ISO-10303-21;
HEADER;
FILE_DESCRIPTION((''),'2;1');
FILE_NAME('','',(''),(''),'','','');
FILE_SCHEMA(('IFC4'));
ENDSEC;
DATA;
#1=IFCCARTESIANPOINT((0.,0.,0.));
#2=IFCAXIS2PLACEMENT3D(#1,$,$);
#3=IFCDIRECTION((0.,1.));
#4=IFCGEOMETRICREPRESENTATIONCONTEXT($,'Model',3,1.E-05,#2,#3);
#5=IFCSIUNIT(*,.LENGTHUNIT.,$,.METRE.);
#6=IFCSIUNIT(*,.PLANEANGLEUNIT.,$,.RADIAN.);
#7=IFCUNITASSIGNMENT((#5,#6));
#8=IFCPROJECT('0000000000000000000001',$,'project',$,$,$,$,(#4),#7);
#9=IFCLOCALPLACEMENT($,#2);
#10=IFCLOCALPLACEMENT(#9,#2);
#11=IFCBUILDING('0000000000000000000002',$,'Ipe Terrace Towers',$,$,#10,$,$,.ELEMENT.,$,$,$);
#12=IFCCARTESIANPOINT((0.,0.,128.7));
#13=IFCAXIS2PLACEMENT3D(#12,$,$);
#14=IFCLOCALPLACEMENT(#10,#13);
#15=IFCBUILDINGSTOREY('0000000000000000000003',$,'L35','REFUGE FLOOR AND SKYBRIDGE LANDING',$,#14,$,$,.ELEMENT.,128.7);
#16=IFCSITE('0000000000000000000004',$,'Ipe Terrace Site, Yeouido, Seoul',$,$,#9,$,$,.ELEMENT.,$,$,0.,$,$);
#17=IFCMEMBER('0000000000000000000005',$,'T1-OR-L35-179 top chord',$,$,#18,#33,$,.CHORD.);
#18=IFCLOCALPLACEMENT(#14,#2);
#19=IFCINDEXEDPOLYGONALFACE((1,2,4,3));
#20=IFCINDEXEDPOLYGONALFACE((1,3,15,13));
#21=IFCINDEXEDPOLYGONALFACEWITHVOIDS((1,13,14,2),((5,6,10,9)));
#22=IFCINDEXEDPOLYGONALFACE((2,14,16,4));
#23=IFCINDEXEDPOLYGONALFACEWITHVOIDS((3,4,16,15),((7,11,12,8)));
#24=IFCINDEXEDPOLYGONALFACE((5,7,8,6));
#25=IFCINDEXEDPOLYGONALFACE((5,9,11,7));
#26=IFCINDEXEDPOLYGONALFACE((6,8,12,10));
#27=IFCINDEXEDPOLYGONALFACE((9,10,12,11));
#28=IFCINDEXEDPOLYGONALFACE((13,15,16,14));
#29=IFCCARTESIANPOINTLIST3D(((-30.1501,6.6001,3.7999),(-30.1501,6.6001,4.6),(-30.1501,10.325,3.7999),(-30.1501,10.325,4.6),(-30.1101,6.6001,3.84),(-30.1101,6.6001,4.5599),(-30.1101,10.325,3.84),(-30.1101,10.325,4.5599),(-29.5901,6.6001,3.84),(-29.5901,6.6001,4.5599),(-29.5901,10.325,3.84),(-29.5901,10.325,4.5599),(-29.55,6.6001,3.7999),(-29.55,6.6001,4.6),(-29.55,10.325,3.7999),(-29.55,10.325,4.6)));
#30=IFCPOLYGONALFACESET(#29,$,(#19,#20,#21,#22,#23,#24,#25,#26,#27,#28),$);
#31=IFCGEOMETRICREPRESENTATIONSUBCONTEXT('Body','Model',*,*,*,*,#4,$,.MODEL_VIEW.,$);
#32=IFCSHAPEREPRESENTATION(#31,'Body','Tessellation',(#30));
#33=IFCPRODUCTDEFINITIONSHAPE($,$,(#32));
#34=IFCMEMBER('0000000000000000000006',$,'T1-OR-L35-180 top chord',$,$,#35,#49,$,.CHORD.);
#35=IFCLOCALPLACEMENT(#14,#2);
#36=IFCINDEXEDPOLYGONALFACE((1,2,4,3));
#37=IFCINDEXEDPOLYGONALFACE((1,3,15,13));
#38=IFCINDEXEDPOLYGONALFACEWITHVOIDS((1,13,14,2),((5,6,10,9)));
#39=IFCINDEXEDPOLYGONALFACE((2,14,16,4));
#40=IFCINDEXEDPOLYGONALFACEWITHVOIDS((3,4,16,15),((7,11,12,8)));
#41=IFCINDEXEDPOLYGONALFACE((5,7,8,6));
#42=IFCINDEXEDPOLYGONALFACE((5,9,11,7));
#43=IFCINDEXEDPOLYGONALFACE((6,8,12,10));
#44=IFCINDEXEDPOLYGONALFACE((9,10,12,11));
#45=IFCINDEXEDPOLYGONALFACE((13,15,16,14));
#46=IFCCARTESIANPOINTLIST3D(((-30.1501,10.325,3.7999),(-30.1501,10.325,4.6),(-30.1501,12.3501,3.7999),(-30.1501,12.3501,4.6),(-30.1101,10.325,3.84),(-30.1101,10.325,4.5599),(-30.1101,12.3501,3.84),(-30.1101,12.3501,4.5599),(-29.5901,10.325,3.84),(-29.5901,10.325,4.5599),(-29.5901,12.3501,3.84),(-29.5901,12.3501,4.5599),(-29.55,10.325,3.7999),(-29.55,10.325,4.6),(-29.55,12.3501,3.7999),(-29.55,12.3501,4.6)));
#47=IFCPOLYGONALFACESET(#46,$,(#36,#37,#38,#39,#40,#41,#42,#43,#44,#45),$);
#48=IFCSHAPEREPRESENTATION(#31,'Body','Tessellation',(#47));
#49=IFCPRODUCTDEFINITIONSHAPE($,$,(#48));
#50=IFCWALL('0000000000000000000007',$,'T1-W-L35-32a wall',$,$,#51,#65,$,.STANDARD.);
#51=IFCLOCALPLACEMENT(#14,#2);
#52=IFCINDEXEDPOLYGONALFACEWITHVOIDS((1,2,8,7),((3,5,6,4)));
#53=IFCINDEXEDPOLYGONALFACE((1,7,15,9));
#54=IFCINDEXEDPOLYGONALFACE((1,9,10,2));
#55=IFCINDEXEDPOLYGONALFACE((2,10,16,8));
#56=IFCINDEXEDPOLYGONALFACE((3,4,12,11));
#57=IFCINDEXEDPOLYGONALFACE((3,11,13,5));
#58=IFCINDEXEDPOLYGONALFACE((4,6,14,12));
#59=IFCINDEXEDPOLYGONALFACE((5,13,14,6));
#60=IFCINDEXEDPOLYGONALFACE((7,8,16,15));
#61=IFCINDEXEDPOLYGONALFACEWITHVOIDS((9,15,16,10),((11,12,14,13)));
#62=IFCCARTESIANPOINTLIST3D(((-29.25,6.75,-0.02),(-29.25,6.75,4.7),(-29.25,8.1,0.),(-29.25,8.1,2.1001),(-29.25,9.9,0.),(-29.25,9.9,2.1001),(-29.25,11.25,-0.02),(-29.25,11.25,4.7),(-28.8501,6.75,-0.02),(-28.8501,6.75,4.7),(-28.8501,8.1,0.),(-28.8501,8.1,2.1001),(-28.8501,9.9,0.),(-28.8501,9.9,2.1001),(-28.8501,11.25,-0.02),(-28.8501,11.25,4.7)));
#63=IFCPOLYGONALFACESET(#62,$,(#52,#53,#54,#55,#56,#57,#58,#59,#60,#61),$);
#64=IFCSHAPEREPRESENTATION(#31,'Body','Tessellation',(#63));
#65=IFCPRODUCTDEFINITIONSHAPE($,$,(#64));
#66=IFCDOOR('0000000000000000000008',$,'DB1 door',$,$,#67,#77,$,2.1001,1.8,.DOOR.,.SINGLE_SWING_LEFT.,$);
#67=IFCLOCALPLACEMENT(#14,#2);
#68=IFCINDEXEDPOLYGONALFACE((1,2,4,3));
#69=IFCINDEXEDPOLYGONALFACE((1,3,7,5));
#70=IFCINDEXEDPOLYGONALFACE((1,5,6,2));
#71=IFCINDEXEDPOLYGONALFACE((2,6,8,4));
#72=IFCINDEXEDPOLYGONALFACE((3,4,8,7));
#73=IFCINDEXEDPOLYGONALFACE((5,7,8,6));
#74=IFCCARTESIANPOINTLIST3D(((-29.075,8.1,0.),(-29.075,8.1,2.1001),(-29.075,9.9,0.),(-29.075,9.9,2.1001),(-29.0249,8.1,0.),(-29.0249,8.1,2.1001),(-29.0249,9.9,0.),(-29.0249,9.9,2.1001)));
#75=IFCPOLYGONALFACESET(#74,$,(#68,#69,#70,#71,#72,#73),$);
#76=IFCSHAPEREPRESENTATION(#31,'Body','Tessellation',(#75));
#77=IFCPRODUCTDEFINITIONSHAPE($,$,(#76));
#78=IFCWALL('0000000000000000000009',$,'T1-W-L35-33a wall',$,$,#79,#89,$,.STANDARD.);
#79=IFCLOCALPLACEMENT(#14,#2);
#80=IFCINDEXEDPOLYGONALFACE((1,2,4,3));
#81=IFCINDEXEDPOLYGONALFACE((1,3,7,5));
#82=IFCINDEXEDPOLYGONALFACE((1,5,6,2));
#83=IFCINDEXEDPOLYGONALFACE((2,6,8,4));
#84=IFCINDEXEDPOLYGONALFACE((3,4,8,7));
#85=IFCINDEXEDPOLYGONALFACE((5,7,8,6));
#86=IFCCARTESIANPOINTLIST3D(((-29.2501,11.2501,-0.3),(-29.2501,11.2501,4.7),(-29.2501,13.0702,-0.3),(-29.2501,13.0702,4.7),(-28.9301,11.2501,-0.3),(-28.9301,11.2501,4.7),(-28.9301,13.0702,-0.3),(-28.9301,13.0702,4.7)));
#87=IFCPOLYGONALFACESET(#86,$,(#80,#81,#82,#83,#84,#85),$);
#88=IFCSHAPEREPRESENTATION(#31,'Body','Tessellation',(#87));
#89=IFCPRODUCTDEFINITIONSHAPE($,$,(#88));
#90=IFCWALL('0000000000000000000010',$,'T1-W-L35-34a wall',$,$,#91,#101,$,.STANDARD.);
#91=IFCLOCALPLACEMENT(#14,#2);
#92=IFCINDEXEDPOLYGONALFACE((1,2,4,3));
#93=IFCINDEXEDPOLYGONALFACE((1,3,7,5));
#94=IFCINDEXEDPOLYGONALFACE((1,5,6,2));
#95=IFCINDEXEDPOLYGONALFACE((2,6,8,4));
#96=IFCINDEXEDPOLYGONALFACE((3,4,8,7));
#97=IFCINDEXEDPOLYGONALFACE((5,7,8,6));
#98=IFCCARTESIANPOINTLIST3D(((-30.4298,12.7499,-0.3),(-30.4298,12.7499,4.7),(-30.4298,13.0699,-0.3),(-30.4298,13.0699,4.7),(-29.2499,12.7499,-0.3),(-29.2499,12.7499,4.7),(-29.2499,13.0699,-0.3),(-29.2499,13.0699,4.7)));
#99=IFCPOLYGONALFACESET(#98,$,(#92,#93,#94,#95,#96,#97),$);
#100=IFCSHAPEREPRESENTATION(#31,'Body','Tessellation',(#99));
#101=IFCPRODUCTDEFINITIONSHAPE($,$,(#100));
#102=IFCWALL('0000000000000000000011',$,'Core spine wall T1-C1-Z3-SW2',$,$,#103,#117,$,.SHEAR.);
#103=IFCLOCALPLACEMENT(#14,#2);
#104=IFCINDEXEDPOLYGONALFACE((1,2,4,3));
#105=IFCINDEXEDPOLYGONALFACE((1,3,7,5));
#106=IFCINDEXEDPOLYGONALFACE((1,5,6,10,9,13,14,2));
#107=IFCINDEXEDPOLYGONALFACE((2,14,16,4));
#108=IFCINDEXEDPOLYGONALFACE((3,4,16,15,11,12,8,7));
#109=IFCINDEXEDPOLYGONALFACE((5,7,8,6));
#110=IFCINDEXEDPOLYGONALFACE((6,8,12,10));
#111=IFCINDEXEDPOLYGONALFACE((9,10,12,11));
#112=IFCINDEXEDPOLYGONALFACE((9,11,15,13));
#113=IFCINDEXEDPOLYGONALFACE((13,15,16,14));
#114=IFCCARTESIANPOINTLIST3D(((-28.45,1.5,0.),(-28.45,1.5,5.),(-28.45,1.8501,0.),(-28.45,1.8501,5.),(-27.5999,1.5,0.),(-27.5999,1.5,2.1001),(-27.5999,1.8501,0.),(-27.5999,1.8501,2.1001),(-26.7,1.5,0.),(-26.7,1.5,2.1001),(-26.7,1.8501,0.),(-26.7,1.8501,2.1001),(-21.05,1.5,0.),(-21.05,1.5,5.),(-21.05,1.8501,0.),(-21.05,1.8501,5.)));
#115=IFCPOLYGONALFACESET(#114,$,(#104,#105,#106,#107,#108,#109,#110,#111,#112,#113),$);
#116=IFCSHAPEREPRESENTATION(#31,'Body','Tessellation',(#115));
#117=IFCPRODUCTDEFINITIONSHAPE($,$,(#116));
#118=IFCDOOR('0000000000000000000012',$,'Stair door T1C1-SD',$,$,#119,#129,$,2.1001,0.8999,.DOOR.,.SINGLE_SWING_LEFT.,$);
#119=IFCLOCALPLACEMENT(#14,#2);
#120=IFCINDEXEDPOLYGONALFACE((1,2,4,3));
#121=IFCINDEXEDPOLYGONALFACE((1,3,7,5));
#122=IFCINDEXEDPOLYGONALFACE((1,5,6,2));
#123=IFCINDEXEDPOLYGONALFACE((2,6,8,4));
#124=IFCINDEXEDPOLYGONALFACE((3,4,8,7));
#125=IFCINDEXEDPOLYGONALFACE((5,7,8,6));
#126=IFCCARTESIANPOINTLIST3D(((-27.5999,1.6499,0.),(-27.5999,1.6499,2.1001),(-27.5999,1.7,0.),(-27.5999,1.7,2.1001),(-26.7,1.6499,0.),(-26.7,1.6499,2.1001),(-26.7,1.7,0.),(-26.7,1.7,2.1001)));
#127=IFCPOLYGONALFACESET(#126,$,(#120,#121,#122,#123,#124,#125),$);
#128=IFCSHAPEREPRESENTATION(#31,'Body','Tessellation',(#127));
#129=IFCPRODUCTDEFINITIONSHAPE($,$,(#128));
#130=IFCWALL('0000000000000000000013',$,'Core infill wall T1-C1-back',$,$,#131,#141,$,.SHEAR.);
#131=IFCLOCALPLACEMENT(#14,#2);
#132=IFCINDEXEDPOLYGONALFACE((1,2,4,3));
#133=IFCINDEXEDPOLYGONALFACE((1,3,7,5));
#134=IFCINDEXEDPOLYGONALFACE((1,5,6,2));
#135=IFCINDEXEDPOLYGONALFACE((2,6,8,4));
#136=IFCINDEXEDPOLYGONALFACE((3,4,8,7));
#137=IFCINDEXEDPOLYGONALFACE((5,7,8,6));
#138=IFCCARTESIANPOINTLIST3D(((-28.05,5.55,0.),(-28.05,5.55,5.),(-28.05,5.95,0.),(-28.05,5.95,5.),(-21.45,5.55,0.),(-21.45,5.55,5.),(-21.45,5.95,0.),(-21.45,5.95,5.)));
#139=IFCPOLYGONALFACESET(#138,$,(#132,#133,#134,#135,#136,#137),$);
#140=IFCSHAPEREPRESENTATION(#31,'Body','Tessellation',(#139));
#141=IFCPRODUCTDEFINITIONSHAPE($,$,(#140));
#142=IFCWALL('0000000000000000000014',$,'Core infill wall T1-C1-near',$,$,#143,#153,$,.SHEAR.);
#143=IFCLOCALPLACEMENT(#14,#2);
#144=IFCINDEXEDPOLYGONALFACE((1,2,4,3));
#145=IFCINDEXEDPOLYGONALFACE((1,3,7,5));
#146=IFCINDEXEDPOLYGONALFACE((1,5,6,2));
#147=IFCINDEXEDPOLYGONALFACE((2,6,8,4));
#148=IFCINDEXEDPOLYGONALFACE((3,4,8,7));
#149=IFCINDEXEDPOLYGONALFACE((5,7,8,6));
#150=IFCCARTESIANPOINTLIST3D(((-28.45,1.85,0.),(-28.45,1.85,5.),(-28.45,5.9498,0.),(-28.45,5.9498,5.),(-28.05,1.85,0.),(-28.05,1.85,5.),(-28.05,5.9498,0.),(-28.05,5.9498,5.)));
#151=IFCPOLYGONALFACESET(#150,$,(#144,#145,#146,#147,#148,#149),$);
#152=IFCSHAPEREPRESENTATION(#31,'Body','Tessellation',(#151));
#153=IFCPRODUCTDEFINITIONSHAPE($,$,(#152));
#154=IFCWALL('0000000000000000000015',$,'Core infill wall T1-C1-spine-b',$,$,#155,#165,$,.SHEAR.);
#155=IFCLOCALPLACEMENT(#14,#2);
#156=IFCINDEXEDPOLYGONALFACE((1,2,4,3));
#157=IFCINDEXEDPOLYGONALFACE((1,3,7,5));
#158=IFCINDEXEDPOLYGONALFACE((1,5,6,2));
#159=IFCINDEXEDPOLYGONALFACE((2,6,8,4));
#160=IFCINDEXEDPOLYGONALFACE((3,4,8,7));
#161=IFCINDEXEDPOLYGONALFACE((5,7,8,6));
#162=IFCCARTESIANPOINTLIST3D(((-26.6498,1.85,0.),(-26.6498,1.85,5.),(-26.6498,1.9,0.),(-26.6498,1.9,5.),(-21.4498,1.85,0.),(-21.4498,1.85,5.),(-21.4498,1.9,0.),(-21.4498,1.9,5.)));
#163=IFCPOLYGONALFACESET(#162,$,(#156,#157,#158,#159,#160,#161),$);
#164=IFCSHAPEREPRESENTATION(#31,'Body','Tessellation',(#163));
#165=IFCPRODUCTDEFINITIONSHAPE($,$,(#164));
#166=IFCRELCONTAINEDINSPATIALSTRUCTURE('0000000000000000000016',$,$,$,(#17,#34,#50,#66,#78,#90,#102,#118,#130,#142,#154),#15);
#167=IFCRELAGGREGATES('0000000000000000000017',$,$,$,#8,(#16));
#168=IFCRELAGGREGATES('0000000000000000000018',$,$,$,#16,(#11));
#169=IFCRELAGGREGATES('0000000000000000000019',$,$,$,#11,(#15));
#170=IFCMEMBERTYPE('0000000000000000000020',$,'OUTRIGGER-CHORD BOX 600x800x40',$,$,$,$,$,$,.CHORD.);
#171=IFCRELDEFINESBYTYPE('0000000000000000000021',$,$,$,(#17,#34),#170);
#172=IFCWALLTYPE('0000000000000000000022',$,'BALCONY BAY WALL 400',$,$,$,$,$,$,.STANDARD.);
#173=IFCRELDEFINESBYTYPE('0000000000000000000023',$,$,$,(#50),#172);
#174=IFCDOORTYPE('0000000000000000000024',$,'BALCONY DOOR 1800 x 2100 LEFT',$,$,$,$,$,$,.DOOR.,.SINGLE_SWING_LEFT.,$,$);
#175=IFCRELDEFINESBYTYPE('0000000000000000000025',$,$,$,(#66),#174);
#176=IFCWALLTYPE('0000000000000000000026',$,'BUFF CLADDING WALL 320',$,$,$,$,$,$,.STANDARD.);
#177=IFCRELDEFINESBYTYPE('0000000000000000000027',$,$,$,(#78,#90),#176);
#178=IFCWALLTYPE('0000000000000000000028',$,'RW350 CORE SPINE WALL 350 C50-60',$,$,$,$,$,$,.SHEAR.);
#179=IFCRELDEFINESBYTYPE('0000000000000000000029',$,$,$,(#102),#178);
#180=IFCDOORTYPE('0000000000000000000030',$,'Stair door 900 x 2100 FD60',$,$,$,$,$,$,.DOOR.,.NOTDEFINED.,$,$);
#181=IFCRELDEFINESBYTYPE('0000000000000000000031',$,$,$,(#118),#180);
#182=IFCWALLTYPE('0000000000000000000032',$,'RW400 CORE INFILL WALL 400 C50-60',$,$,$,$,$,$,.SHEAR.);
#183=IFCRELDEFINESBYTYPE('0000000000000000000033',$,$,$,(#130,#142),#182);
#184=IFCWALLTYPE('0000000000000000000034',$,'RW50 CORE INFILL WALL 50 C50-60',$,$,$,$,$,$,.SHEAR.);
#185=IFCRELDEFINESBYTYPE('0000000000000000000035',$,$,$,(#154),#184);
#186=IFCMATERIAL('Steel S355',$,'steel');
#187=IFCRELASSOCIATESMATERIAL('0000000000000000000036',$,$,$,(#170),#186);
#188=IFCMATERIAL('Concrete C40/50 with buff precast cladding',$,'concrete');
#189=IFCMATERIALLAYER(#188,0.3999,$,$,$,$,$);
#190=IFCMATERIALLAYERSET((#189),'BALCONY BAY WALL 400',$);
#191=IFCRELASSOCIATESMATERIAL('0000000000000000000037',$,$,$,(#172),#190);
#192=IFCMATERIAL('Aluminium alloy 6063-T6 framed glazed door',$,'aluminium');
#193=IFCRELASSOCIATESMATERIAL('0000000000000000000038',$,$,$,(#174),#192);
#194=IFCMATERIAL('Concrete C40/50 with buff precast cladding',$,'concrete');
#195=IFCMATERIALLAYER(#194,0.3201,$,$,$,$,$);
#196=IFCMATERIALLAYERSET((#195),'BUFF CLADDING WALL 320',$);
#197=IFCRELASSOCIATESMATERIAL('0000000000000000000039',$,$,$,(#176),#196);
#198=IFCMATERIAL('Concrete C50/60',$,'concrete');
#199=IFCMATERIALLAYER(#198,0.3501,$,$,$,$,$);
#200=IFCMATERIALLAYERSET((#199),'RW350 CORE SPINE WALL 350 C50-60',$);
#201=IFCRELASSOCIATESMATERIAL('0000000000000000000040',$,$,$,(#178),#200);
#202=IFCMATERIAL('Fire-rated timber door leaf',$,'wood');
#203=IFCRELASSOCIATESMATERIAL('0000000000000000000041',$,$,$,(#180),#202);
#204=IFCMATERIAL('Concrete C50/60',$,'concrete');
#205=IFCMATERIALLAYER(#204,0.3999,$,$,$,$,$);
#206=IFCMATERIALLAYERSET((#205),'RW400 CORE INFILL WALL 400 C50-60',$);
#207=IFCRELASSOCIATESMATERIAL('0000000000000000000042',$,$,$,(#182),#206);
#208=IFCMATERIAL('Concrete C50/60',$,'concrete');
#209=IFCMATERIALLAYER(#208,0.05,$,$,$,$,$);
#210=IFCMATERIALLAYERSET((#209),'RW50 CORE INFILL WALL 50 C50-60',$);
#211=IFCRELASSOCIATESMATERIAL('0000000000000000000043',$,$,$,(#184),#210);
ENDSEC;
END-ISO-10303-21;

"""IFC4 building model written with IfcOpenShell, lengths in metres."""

from ifc_helpers import new_model, si_unit, direction, frame, frame_2d, origin, origin_2d, place, context, subcontext, project, spatial, rectangle, hollow_rectangle, extrude, material, layer, layer_set, material_profile, profile_set, type_object, element, fill, save


model = new_model("IFC4")

# Units and contexts
model_context = context("Model", 3, precision=1e-05, world=origin(), true_north=direction((0.0, 1.0)))
body_context = subcontext(model_context, "Body", "Model", "MODEL_VIEW")
ifc_project = project(units=[si_unit("LENGTHUNIT", "METRE"), si_unit("PLANEANGLEUNIT", "RADIAN")], contexts=[model_context])

# Site, building, storey
site_placement = place(None, origin())
site = spatial("IfcSite", under=ifc_project, at=site_placement, Name="Ipe Terrace Site, Yeouido, Seoul", CompositionType="ELEMENT", RefElevation=0.0)
building_placement = place(site_placement, origin())
building = spatial("IfcBuilding", under=site, at=building_placement, Name="Ipe Terrace Towers", CompositionType="ELEMENT")
storey_placement = place(building_placement, frame((0.0, 0.0, 128.7)))
storey = spatial("IfcBuildingStorey", under=building, at=storey_placement, Name="L35", Description="REFUGE FLOOR AND SKYBRIDGE LANDING", CompositionType="ELEMENT", Elevation=128.7)

# Members
ifc_material_1 = material(Name="Steel S355", Category="steel")
ifc_material_profile = material_profile(ifc_material_1, hollow_rectangle(XDim=0.6001, YDim=0.8, WallThickness=0.04, at=origin_2d()), Name="OUTRIGGER-CHORD BOX 600x800x40")
ifc_profile_set = profile_set([ifc_material_profile], Name="Steel S355")
member_type = type_object("IfcMemberType", Name="OUTRIGGER-CHORD BOX 600x800x40", PredefinedType="CHORD", material=ifc_profile_set)
member_1_placement = place(storey_placement, frame((-29.8501, 6.6001, 4.2), z_axis=(0.0, 1.0, 0.0), x_axis=(-1.0, 0.0, 0.0)))
element("IfcMember", 1, at=member_1_placement, inside=storey, type_object=member_type, Name="T1-OR-L35-179 top chord", PredefinedType="CHORD", context=body_context, shape_type="SweptSolid", body=[
    extrude(hollow_rectangle(XDim=0.6001, YDim=0.8, WallThickness=0.04, at=origin_2d()), origin(), (0.0, 0.0, 1.0), 3.7249),
])
member_2_placement = place(storey_placement, frame((-29.8501, 10.325, 4.2), z_axis=(0.0, 1.0, 0.0), x_axis=(-1.0, 0.0, 0.0)))
element("IfcMember", 2, at=member_2_placement, inside=storey, type_object=member_type, Name="T1-OR-L35-180 top chord", PredefinedType="CHORD", context=body_context, shape_type="SweptSolid", body=[
    extrude(hollow_rectangle(XDim=0.6001, YDim=0.8, WallThickness=0.04, at=origin_2d()), origin(), (0.0, 0.0, 1.0), 2.0251),
])

# Wall, opening, door
ifc_material_2 = material(Name="Concrete C40/50 with buff precast cladding", Category="concrete")
ifc_layer_1 = layer(ifc_material_2, 0.3999)
ifc_layer_set_1 = layer_set([ifc_layer_1], Name="BALCONY BAY WALL 400")
wall_type_1 = type_object("IfcWallType", Name="BALCONY BAY WALL 400", PredefinedType="STANDARD", material=ifc_layer_set_1)
wall_1_placement = place(storey_placement, frame((-29.05, 6.75, -0.02), z_axis=(0.0, 0.0, 1.0), x_axis=(0.0, 1.0, 0.0)))
wall_1 = element("IfcWall", 3, at=wall_1_placement, inside=storey, type_object=wall_type_1, Name="T1-W-L35-32a wall", PredefinedType="STANDARD", context=body_context, shape_type="SweptSolid", body=[
    extrude(rectangle(XDim=4.5, YDim=0.3999, at=frame_2d((2.25, 0.0))), origin(), (0.0, 0.0, 1.0), 4.72),
])
opening_1_placement = place(wall_1_placement, frame((1.3501, 0.0, 0.02)))
opening_1 = element("IfcOpeningElement", 4, at=opening_1_placement, cuts=wall_1, PredefinedType="OPENING", context=body_context, shape_type="SweptSolid", body=[
    extrude(rectangle(XDim=1.8, YDim=2.1001, at=frame_2d((0.8999, 1.05))), frame((0.0, 0.21, 0.0), z_axis=(0.0, -1.0, 0.0), x_axis=(1.0, 0.0, 0.0)), (0.0, 0.0, 1.0), 0.4199),
])
ifc_material_3 = material(Name="Aluminium alloy 6063-T6 framed glazed door", Category="aluminium")
door_type_1 = type_object("IfcDoorType", Name="BALCONY DOOR 1800 x 2100 LEFT", OperationType="SINGLE_SWING_LEFT", PredefinedType="DOOR", material=ifc_material_3)
door_1_placement = place(opening_1_placement, origin())
door_1 = element("IfcDoor", 5, at=door_1_placement, inside=storey, type_object=door_type_1, Name="DB1 door", OperationType="SINGLE_SWING_LEFT", OverallHeight=2.1001, OverallWidth=1.8, PredefinedType="DOOR", context=body_context, shape_type="SweptSolid", body=[
    extrude(rectangle(XDim=1.8, YDim=2.1001, at=frame_2d((0.8999, 1.05))), frame((0.0, 0.0249, 0.0), z_axis=(0.0, -1.0, 0.0), x_axis=(1.0, 0.0, 0.0)), (0.0, 0.0, 1.0), 0.05),
])
fill(opening_1, door_1)

# Walls
ifc_material_4 = material(Name="Concrete C40/50 with buff precast cladding", Category="concrete")
ifc_layer_2 = layer(ifc_material_4, 0.3201)
ifc_layer_set_2 = layer_set([ifc_layer_2], Name="BUFF CLADDING WALL 320")
wall_type_2 = type_object("IfcWallType", Name="BUFF CLADDING WALL 320", PredefinedType="STANDARD", material=ifc_layer_set_2)
wall_2_placement = place(storey_placement, frame((-29.0901, 11.25, -0.3), z_axis=(0.0, 0.0, 1.0), x_axis=(0.0, 1.0, 0.0)))
element("IfcWall", 6, at=wall_2_placement, inside=storey, type_object=wall_type_2, Name="T1-W-L35-33a wall", PredefinedType="STANDARD", context=body_context, shape_type="SweptSolid", body=[
    extrude(rectangle(XDim=1.8201, YDim=0.3201, at=frame_2d((0.9102, 0.0))), origin(), (0.0, 0.0, 1.0), 5.0),
])
wall_3_placement = place(storey_placement, frame((-29.25, 12.9099, -0.3), z_axis=(0.0, 0.0, 1.0), x_axis=(-1.0, 0.0, 0.0)))
element("IfcWall", 7, at=wall_3_placement, inside=storey, type_object=wall_type_2, Name="T1-W-L35-34a wall", PredefinedType="STANDARD", context=body_context, shape_type="SweptSolid", body=[
    extrude(rectangle(XDim=1.1799, YDim=0.3201, at=frame_2d((0.5898, 0.0))), origin(), (0.0, 0.0, 1.0), 5.0),
])

# Wall, opening, door
ifc_material_5 = material(Name="Concrete C50/60", Category="concrete")
ifc_layer_3 = layer(ifc_material_5, 0.3501)
ifc_layer_set_3 = layer_set([ifc_layer_3], Name="RW350 CORE SPINE WALL 350 C50-60")
wall_type_3 = type_object("IfcWallType", Name="RW350 CORE SPINE WALL 350 C50-60", PredefinedType="SHEAR", material=ifc_layer_set_3)
wall_4_placement = place(storey_placement, frame((-28.45, 1.675, 0.0), z_axis=(0.0, 0.0, 1.0), x_axis=(1.0, 0.0, 0.0)))
wall_4 = element("IfcWall", 8, at=wall_4_placement, inside=storey, type_object=wall_type_3, Name="Core spine wall T1-C1-Z3-SW2", PredefinedType="SHEAR", context=body_context, shape_type="SweptSolid", body=[
    extrude(rectangle(XDim=7.3999, YDim=0.3501, at=frame_2d((3.7, 0.0))), origin(), (0.0, 0.0, 1.0), 5.0),
])
opening_2_placement = place(wall_4_placement, frame((0.8501, 0.0, 0.0)))
opening_2 = element("IfcOpeningElement", 9, at=opening_2_placement, cuts=wall_4, PredefinedType="OPENING", context=body_context, shape_type="SweptSolid", body=[
    extrude(rectangle(XDim=0.8999, YDim=2.1001, at=frame_2d((0.45, 1.05))), frame((0.0, 0.1851, 0.0), z_axis=(0.0, -1.0, 0.0), x_axis=(1.0, 0.0, 0.0)), (0.0, 0.0, 1.0), 0.3701),
])
ifc_material_6 = material(Name="Fire-rated timber door leaf", Category="wood")
door_type_2 = type_object("IfcDoorType", Name="Stair door 900 x 2100 FD60", OperationType="NOTDEFINED", PredefinedType="DOOR", material=ifc_material_6)
door_2_placement = place(opening_2_placement, origin())
door_2 = element("IfcDoor", 10, at=door_2_placement, inside=storey, type_object=door_type_2, Name="Stair door T1C1-SD", OperationType="SINGLE_SWING_LEFT", OverallHeight=2.1001, OverallWidth=0.8999, PredefinedType="DOOR", context=body_context, shape_type="SweptSolid", body=[
    extrude(rectangle(XDim=0.8999, YDim=2.1001, at=frame_2d((0.45, 1.05))), frame((0.0, 0.0249, 0.0), z_axis=(0.0, -1.0, 0.0), x_axis=(1.0, 0.0, 0.0)), (0.0, 0.0, 1.0), 0.05),
])
fill(opening_2, door_2)

# Walls
ifc_material_7 = material(Name="Concrete C50/60", Category="concrete")
ifc_layer_4 = layer(ifc_material_7, 0.3999)
ifc_layer_set_4 = layer_set([ifc_layer_4], Name="RW400 CORE INFILL WALL 400 C50-60")
wall_type_4 = type_object("IfcWallType", Name="RW400 CORE INFILL WALL 400 C50-60", PredefinedType="SHEAR", material=ifc_layer_set_4)
wall_5_placement = place(storey_placement, frame((-28.05, 5.75, 0.0), z_axis=(0.0, 0.0, 1.0), x_axis=(1.0, 0.0, 0.0)))
element("IfcWall", 11, at=wall_5_placement, inside=storey, type_object=wall_type_4, Name="Core infill wall T1-C1-back", PredefinedType="SHEAR", context=body_context, shape_type="SweptSolid", body=[
    extrude(rectangle(XDim=6.6001, YDim=0.3999, at=frame_2d((3.3, 0.0))), origin(), (0.0, 0.0, 1.0), 5.0),
])
wall_6_placement = place(storey_placement, frame((-28.25, 1.8501, 0.0), z_axis=(0.0, 0.0, 1.0), x_axis=(0.0, 1.0, 0.0)))
element("IfcWall", 12, at=wall_6_placement, inside=storey, type_object=wall_type_4, Name="Core infill wall T1-C1-near", PredefinedType="SHEAR", context=body_context, shape_type="SweptSolid", body=[
    extrude(rectangle(XDim=4.0999, YDim=0.3999, at=frame_2d((2.0498, 0.0))), origin(), (0.0, 0.0, 1.0), 5.0),
])
ifc_material_8 = material(Name="Concrete C50/60", Category="concrete")
ifc_layer_5 = layer(ifc_material_8, 0.05)
ifc_layer_set_5 = layer_set([ifc_layer_5], Name="RW50 CORE INFILL WALL 50 C50-60")
wall_type_5 = type_object("IfcWallType", Name="RW50 CORE INFILL WALL 50 C50-60", PredefinedType="SHEAR", material=ifc_layer_set_5)
wall_7_placement = place(storey_placement, frame((-26.6499, 1.875, 0.0), z_axis=(0.0, 0.0, 1.0), x_axis=(1.0, 0.0, 0.0)))
element("IfcWall", 13, at=wall_7_placement, inside=storey, type_object=wall_type_5, Name="Core infill wall T1-C1-spine-b", PredefinedType="SHEAR", context=body_context, shape_type="SweptSolid", body=[
    extrude(rectangle(XDim=5.2, YDim=0.05, at=frame_2d((2.6001, 0.0))), origin(), (0.0, 0.0, 1.0), 5.0),
])

save(model, "model.ifc")
